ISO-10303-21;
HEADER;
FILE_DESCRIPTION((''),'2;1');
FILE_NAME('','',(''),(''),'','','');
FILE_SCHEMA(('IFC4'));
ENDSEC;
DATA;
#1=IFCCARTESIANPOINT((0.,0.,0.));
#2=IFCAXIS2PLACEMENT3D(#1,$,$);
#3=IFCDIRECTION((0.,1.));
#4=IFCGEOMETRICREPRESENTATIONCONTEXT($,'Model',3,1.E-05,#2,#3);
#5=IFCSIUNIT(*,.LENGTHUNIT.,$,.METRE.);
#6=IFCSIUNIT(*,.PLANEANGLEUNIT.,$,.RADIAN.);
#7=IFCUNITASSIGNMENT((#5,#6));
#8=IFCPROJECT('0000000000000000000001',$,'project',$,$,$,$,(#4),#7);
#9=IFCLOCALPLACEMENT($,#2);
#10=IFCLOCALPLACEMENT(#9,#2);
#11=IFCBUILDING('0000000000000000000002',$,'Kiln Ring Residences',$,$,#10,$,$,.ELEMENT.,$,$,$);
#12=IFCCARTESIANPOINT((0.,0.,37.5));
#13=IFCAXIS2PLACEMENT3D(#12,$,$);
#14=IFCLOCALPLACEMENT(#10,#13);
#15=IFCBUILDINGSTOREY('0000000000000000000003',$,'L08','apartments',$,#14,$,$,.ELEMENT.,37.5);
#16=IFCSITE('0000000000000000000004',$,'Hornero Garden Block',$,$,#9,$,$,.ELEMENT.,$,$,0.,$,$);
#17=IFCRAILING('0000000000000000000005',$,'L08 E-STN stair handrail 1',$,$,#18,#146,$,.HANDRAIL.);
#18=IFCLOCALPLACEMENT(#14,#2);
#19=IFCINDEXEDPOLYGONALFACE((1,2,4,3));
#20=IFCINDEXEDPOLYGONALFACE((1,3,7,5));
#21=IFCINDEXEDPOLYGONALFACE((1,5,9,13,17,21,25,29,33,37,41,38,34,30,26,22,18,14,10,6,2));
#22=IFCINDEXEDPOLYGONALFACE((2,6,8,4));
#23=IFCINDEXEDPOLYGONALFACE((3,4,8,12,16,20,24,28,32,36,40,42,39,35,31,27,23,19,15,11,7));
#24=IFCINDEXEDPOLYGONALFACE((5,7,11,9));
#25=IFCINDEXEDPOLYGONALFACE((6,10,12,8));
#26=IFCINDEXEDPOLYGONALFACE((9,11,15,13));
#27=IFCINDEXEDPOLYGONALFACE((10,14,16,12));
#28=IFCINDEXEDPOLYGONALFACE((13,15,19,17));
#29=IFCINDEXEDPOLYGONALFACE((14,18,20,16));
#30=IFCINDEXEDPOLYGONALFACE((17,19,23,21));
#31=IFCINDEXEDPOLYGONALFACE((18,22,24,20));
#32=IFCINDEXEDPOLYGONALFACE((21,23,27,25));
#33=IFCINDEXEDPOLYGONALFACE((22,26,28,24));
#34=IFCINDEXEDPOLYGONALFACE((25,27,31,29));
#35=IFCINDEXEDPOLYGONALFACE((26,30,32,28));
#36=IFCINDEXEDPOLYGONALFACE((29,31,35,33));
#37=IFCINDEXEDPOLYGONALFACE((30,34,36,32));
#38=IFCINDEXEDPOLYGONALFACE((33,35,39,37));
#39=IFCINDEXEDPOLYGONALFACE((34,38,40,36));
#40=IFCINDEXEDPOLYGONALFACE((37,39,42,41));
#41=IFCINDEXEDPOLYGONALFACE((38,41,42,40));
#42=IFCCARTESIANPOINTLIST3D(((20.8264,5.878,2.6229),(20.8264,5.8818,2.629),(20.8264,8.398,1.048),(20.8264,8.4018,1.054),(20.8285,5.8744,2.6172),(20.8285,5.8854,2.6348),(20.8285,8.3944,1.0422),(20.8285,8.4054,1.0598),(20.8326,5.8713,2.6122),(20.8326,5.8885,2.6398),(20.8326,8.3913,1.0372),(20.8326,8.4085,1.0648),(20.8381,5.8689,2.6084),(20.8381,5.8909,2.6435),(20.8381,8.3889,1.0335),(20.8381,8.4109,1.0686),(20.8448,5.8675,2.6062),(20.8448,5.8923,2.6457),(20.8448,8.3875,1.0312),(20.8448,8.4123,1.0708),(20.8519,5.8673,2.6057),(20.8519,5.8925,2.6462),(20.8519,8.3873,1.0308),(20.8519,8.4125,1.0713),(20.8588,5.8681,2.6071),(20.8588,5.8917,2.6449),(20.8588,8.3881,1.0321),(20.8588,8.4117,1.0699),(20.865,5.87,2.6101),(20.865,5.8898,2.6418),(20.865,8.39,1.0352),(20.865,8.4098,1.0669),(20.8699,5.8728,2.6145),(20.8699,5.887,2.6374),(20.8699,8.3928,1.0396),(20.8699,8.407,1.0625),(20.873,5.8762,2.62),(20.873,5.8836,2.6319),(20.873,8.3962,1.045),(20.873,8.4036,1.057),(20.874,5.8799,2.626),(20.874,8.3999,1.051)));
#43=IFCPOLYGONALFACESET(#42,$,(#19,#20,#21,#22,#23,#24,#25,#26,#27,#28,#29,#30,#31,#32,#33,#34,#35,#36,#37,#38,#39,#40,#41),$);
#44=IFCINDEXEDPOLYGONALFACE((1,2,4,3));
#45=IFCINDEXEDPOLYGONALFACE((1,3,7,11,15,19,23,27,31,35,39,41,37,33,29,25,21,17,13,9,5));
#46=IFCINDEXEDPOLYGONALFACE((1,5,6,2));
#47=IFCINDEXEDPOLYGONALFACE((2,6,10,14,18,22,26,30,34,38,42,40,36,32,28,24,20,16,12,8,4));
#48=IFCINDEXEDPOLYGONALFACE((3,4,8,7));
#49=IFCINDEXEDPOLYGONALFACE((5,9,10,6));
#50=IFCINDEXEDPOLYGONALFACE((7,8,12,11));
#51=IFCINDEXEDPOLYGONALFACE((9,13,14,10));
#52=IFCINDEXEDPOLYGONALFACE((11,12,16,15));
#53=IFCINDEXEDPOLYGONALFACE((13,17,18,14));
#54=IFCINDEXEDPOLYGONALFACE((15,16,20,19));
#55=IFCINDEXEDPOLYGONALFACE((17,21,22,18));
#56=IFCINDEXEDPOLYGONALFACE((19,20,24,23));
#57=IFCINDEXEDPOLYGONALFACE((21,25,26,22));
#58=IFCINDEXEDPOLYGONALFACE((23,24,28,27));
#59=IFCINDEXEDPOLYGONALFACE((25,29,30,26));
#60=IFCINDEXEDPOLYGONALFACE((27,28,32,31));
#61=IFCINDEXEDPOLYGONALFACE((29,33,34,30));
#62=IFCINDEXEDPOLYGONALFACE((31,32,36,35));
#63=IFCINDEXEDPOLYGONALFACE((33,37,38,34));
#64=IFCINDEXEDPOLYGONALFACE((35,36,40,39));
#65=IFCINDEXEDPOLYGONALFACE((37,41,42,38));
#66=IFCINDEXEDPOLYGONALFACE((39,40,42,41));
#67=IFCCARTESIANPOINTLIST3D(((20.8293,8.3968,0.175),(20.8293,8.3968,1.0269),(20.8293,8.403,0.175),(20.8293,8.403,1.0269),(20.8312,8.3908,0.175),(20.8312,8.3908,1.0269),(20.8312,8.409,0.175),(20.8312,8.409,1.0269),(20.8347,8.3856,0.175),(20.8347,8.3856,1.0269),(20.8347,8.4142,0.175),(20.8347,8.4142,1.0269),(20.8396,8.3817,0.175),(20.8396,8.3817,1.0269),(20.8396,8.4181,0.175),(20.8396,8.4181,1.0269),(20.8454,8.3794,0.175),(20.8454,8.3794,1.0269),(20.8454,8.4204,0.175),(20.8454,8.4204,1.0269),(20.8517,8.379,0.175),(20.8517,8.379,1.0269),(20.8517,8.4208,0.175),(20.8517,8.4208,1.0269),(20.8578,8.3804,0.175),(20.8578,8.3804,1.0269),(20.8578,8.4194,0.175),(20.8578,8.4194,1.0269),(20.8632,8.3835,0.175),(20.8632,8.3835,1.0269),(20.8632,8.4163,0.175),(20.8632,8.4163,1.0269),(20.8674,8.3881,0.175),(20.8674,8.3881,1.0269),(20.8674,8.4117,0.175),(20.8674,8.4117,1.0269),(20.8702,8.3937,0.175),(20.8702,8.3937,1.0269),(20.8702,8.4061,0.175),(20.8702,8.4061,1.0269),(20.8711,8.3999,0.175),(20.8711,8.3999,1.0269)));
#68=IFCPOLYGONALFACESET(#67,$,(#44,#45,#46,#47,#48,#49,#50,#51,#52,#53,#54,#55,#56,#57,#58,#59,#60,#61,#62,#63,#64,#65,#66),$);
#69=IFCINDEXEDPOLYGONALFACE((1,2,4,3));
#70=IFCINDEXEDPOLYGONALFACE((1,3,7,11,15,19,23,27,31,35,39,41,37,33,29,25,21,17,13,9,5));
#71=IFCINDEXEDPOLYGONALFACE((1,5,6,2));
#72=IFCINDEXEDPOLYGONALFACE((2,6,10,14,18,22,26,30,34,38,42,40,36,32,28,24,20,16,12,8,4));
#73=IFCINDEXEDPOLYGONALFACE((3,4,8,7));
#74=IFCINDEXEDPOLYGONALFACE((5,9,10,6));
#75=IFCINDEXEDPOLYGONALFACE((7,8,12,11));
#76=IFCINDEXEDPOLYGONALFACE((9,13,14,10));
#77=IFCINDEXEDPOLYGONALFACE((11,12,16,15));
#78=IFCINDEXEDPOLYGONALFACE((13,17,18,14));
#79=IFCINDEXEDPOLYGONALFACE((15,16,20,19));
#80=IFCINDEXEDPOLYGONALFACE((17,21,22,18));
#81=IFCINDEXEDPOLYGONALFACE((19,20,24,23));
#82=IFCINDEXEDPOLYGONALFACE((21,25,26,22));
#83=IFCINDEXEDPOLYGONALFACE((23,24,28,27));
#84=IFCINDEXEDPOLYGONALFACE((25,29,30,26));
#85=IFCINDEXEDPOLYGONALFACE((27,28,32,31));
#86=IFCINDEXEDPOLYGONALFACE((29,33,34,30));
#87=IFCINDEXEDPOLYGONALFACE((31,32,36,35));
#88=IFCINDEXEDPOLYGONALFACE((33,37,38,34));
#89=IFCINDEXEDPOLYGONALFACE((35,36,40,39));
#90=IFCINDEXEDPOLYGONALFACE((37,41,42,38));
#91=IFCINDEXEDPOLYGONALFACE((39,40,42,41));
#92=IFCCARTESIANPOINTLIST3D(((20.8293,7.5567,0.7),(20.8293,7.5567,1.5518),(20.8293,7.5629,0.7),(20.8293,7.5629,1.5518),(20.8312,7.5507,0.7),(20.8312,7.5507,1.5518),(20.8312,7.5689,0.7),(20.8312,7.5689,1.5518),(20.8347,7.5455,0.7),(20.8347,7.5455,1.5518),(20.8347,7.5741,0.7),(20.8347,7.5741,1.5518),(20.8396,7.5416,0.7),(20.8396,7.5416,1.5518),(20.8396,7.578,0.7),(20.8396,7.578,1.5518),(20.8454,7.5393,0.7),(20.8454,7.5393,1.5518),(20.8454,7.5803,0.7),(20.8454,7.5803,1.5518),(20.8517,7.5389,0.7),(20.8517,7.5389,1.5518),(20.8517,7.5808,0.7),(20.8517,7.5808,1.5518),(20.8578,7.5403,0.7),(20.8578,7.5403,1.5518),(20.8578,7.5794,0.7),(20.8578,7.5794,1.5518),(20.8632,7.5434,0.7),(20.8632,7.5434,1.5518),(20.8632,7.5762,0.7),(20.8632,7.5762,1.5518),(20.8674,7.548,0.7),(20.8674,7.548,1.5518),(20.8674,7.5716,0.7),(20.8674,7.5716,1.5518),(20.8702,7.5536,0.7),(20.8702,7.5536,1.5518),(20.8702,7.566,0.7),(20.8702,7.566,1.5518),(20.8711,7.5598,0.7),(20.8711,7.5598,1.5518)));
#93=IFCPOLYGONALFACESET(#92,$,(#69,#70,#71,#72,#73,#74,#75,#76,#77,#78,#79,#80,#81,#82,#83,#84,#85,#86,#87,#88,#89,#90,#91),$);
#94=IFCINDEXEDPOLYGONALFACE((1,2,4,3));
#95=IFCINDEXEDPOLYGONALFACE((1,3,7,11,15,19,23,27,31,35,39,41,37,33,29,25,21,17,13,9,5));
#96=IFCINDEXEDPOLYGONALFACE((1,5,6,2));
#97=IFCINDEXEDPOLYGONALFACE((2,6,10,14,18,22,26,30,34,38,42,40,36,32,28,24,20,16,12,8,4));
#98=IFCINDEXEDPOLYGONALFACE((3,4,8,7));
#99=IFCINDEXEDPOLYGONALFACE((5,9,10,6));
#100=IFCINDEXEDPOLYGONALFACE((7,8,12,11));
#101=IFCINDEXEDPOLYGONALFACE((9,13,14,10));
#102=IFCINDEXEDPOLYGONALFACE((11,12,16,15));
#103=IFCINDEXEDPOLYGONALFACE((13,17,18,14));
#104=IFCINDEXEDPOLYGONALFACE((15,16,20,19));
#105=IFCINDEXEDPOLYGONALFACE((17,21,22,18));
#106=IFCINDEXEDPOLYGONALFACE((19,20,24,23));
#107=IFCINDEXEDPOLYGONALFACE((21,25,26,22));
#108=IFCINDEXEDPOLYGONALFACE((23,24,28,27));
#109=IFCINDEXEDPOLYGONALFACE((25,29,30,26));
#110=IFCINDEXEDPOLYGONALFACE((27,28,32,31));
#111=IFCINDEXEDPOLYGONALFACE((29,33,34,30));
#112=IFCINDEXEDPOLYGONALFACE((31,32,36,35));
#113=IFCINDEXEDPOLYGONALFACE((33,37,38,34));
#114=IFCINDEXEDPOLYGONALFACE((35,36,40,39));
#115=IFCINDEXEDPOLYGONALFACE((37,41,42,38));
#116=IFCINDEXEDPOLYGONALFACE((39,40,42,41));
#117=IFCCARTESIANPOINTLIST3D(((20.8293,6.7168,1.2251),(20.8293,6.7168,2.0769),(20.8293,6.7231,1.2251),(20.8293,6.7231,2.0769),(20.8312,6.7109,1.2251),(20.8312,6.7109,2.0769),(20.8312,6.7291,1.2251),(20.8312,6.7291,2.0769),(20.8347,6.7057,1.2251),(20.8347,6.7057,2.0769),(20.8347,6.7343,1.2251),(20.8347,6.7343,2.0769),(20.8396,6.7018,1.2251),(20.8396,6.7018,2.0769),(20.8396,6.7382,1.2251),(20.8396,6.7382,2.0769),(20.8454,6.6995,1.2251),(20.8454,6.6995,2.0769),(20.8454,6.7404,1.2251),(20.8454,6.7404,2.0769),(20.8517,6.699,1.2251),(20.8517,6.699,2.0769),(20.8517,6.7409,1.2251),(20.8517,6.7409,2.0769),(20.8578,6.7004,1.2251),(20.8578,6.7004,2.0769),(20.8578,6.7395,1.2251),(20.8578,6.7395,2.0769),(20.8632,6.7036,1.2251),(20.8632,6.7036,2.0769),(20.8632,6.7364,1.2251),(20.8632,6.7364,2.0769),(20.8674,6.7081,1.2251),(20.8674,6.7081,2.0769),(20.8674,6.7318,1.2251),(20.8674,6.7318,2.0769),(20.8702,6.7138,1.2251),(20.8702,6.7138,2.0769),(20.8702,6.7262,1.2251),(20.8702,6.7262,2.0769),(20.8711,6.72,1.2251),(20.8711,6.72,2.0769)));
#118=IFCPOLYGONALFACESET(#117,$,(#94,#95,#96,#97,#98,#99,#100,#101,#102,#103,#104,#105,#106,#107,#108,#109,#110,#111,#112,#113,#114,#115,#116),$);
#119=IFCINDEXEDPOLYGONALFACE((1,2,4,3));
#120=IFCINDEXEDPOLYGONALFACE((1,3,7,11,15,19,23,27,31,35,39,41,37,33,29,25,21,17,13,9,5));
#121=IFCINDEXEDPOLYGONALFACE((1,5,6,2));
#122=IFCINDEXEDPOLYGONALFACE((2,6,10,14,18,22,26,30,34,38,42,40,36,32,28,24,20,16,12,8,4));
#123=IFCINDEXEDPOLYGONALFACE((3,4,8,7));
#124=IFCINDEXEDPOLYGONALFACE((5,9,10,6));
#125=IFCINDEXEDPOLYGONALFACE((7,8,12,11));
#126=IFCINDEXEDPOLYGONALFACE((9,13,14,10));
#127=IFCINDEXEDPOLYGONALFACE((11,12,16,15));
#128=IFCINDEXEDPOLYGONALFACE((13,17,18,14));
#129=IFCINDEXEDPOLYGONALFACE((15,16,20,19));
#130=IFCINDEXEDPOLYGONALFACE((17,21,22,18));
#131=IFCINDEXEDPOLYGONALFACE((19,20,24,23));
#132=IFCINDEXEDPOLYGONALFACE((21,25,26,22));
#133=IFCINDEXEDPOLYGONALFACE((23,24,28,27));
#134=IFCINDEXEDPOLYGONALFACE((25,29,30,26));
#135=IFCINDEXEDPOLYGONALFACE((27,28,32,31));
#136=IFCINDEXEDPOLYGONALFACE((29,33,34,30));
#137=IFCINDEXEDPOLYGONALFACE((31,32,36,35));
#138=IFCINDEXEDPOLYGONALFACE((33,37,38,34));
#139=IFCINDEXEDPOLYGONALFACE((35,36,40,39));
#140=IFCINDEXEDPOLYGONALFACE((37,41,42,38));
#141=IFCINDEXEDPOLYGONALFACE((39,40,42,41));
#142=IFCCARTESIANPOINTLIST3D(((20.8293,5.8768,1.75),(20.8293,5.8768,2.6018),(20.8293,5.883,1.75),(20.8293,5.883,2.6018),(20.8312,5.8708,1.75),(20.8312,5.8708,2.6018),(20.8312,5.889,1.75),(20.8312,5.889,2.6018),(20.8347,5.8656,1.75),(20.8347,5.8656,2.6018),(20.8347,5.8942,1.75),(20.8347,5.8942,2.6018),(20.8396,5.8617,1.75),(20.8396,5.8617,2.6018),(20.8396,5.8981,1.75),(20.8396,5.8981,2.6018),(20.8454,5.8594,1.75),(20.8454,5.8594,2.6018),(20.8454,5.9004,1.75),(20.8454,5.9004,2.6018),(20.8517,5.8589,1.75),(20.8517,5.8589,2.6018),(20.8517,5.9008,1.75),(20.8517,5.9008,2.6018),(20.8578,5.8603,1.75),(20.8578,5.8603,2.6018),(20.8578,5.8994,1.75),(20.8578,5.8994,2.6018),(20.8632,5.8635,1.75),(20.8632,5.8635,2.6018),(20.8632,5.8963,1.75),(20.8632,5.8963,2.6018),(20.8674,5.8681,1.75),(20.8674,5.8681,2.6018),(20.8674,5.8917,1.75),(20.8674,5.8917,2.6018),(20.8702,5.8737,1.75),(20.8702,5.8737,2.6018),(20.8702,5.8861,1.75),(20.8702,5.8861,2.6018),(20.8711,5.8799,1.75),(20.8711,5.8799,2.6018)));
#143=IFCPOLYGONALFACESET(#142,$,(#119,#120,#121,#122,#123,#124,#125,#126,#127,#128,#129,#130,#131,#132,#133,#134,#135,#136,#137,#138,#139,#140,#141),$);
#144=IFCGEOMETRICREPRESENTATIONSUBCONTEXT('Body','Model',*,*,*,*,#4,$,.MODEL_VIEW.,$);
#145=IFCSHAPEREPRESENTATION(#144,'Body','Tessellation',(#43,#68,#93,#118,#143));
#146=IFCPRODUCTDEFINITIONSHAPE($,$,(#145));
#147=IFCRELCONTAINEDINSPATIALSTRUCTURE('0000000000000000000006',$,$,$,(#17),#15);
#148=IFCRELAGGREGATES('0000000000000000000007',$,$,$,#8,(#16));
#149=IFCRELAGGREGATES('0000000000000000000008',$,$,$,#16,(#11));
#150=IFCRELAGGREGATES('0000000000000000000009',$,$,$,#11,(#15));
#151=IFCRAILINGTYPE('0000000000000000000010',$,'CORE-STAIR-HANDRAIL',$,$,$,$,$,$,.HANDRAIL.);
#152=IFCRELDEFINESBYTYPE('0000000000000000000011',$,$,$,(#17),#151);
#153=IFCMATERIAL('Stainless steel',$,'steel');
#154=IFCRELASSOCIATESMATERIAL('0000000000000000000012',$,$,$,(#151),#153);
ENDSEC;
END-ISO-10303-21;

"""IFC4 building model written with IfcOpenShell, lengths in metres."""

from ifc_helpers import new_model, si_unit, direction, frame, origin, origin_2d, place, context, subcontext, project, spatial, circle, extrude, material, type_object, element, save


model = new_model("IFC4")

# Units and contexts
model_context = context("Model", 3, precision=1e-05, world=origin(), true_north=direction((0.0, 1.0)))
body_context = subcontext(model_context, "Body", "Model", "MODEL_VIEW")
ifc_project = project(units=[si_unit("LENGTHUNIT", "METRE"), si_unit("PLANEANGLEUNIT", "RADIAN")], contexts=[model_context])

# Site, building, storey
site_placement = place(None, origin())
site = spatial("IfcSite", under=ifc_project, at=site_placement, Name="Hornero Garden Block", CompositionType="ELEMENT", RefElevation=0.0)
building_placement = place(site_placement, origin())
building = spatial("IfcBuilding", under=site, at=building_placement, Name="Kiln Ring Residences", CompositionType="ELEMENT")
storey_placement = place(building_placement, frame((0.0, 0.0, 37.5)))
storey = spatial("IfcBuildingStorey", under=building, at=storey_placement, Name="L08", Description="apartments", CompositionType="ELEMENT", Elevation=37.5)

# Railing
ifc_material_1 = material(Name="Stainless steel", Category="steel")
railing_type_1 = type_object("IfcRailingType", Name="CORE-STAIR-HANDRAIL", PredefinedType="HANDRAIL", material=ifc_material_1)
railing_1_placement = place(storey_placement, frame((20.8501, 8.3999, 0.175)))
element("IfcRailing", 1, at=railing_1_placement, inside=storey, type_object=railing_type_1, Name="L08 E-STN stair handrail 1", PredefinedType="HANDRAIL", context=body_context, shape_type="SweptSolid", body=[
    extrude(circle(Radius=0.0239, at=origin_2d()), frame((0.0, 0.0, 0.876), z_axis=(0.0, -0.848008, 0.529984), x_axis=(1.0, 0.0, 0.0)), (0.0, 0.0, 1.0), 2.9717),
    extrude(circle(Radius=0.021, at=origin_2d()), origin(), (0.0, 0.0, 1.0), 0.8518),
    extrude(circle(Radius=0.021, at=origin_2d()), frame((0.0, -0.8401, 0.5249)), (0.0, 0.0, 1.0), 0.8518),
    extrude(circle(Radius=0.021, at=origin_2d()), frame((0.0, -1.6799, 1.05)), (0.0, 0.0, 1.0), 0.8518),
    extrude(circle(Radius=0.021, at=origin_2d()), frame((0.0, -2.52, 1.575)), (0.0, 0.0, 1.0), 0.8518),
])

save(model, "model.ifc")
